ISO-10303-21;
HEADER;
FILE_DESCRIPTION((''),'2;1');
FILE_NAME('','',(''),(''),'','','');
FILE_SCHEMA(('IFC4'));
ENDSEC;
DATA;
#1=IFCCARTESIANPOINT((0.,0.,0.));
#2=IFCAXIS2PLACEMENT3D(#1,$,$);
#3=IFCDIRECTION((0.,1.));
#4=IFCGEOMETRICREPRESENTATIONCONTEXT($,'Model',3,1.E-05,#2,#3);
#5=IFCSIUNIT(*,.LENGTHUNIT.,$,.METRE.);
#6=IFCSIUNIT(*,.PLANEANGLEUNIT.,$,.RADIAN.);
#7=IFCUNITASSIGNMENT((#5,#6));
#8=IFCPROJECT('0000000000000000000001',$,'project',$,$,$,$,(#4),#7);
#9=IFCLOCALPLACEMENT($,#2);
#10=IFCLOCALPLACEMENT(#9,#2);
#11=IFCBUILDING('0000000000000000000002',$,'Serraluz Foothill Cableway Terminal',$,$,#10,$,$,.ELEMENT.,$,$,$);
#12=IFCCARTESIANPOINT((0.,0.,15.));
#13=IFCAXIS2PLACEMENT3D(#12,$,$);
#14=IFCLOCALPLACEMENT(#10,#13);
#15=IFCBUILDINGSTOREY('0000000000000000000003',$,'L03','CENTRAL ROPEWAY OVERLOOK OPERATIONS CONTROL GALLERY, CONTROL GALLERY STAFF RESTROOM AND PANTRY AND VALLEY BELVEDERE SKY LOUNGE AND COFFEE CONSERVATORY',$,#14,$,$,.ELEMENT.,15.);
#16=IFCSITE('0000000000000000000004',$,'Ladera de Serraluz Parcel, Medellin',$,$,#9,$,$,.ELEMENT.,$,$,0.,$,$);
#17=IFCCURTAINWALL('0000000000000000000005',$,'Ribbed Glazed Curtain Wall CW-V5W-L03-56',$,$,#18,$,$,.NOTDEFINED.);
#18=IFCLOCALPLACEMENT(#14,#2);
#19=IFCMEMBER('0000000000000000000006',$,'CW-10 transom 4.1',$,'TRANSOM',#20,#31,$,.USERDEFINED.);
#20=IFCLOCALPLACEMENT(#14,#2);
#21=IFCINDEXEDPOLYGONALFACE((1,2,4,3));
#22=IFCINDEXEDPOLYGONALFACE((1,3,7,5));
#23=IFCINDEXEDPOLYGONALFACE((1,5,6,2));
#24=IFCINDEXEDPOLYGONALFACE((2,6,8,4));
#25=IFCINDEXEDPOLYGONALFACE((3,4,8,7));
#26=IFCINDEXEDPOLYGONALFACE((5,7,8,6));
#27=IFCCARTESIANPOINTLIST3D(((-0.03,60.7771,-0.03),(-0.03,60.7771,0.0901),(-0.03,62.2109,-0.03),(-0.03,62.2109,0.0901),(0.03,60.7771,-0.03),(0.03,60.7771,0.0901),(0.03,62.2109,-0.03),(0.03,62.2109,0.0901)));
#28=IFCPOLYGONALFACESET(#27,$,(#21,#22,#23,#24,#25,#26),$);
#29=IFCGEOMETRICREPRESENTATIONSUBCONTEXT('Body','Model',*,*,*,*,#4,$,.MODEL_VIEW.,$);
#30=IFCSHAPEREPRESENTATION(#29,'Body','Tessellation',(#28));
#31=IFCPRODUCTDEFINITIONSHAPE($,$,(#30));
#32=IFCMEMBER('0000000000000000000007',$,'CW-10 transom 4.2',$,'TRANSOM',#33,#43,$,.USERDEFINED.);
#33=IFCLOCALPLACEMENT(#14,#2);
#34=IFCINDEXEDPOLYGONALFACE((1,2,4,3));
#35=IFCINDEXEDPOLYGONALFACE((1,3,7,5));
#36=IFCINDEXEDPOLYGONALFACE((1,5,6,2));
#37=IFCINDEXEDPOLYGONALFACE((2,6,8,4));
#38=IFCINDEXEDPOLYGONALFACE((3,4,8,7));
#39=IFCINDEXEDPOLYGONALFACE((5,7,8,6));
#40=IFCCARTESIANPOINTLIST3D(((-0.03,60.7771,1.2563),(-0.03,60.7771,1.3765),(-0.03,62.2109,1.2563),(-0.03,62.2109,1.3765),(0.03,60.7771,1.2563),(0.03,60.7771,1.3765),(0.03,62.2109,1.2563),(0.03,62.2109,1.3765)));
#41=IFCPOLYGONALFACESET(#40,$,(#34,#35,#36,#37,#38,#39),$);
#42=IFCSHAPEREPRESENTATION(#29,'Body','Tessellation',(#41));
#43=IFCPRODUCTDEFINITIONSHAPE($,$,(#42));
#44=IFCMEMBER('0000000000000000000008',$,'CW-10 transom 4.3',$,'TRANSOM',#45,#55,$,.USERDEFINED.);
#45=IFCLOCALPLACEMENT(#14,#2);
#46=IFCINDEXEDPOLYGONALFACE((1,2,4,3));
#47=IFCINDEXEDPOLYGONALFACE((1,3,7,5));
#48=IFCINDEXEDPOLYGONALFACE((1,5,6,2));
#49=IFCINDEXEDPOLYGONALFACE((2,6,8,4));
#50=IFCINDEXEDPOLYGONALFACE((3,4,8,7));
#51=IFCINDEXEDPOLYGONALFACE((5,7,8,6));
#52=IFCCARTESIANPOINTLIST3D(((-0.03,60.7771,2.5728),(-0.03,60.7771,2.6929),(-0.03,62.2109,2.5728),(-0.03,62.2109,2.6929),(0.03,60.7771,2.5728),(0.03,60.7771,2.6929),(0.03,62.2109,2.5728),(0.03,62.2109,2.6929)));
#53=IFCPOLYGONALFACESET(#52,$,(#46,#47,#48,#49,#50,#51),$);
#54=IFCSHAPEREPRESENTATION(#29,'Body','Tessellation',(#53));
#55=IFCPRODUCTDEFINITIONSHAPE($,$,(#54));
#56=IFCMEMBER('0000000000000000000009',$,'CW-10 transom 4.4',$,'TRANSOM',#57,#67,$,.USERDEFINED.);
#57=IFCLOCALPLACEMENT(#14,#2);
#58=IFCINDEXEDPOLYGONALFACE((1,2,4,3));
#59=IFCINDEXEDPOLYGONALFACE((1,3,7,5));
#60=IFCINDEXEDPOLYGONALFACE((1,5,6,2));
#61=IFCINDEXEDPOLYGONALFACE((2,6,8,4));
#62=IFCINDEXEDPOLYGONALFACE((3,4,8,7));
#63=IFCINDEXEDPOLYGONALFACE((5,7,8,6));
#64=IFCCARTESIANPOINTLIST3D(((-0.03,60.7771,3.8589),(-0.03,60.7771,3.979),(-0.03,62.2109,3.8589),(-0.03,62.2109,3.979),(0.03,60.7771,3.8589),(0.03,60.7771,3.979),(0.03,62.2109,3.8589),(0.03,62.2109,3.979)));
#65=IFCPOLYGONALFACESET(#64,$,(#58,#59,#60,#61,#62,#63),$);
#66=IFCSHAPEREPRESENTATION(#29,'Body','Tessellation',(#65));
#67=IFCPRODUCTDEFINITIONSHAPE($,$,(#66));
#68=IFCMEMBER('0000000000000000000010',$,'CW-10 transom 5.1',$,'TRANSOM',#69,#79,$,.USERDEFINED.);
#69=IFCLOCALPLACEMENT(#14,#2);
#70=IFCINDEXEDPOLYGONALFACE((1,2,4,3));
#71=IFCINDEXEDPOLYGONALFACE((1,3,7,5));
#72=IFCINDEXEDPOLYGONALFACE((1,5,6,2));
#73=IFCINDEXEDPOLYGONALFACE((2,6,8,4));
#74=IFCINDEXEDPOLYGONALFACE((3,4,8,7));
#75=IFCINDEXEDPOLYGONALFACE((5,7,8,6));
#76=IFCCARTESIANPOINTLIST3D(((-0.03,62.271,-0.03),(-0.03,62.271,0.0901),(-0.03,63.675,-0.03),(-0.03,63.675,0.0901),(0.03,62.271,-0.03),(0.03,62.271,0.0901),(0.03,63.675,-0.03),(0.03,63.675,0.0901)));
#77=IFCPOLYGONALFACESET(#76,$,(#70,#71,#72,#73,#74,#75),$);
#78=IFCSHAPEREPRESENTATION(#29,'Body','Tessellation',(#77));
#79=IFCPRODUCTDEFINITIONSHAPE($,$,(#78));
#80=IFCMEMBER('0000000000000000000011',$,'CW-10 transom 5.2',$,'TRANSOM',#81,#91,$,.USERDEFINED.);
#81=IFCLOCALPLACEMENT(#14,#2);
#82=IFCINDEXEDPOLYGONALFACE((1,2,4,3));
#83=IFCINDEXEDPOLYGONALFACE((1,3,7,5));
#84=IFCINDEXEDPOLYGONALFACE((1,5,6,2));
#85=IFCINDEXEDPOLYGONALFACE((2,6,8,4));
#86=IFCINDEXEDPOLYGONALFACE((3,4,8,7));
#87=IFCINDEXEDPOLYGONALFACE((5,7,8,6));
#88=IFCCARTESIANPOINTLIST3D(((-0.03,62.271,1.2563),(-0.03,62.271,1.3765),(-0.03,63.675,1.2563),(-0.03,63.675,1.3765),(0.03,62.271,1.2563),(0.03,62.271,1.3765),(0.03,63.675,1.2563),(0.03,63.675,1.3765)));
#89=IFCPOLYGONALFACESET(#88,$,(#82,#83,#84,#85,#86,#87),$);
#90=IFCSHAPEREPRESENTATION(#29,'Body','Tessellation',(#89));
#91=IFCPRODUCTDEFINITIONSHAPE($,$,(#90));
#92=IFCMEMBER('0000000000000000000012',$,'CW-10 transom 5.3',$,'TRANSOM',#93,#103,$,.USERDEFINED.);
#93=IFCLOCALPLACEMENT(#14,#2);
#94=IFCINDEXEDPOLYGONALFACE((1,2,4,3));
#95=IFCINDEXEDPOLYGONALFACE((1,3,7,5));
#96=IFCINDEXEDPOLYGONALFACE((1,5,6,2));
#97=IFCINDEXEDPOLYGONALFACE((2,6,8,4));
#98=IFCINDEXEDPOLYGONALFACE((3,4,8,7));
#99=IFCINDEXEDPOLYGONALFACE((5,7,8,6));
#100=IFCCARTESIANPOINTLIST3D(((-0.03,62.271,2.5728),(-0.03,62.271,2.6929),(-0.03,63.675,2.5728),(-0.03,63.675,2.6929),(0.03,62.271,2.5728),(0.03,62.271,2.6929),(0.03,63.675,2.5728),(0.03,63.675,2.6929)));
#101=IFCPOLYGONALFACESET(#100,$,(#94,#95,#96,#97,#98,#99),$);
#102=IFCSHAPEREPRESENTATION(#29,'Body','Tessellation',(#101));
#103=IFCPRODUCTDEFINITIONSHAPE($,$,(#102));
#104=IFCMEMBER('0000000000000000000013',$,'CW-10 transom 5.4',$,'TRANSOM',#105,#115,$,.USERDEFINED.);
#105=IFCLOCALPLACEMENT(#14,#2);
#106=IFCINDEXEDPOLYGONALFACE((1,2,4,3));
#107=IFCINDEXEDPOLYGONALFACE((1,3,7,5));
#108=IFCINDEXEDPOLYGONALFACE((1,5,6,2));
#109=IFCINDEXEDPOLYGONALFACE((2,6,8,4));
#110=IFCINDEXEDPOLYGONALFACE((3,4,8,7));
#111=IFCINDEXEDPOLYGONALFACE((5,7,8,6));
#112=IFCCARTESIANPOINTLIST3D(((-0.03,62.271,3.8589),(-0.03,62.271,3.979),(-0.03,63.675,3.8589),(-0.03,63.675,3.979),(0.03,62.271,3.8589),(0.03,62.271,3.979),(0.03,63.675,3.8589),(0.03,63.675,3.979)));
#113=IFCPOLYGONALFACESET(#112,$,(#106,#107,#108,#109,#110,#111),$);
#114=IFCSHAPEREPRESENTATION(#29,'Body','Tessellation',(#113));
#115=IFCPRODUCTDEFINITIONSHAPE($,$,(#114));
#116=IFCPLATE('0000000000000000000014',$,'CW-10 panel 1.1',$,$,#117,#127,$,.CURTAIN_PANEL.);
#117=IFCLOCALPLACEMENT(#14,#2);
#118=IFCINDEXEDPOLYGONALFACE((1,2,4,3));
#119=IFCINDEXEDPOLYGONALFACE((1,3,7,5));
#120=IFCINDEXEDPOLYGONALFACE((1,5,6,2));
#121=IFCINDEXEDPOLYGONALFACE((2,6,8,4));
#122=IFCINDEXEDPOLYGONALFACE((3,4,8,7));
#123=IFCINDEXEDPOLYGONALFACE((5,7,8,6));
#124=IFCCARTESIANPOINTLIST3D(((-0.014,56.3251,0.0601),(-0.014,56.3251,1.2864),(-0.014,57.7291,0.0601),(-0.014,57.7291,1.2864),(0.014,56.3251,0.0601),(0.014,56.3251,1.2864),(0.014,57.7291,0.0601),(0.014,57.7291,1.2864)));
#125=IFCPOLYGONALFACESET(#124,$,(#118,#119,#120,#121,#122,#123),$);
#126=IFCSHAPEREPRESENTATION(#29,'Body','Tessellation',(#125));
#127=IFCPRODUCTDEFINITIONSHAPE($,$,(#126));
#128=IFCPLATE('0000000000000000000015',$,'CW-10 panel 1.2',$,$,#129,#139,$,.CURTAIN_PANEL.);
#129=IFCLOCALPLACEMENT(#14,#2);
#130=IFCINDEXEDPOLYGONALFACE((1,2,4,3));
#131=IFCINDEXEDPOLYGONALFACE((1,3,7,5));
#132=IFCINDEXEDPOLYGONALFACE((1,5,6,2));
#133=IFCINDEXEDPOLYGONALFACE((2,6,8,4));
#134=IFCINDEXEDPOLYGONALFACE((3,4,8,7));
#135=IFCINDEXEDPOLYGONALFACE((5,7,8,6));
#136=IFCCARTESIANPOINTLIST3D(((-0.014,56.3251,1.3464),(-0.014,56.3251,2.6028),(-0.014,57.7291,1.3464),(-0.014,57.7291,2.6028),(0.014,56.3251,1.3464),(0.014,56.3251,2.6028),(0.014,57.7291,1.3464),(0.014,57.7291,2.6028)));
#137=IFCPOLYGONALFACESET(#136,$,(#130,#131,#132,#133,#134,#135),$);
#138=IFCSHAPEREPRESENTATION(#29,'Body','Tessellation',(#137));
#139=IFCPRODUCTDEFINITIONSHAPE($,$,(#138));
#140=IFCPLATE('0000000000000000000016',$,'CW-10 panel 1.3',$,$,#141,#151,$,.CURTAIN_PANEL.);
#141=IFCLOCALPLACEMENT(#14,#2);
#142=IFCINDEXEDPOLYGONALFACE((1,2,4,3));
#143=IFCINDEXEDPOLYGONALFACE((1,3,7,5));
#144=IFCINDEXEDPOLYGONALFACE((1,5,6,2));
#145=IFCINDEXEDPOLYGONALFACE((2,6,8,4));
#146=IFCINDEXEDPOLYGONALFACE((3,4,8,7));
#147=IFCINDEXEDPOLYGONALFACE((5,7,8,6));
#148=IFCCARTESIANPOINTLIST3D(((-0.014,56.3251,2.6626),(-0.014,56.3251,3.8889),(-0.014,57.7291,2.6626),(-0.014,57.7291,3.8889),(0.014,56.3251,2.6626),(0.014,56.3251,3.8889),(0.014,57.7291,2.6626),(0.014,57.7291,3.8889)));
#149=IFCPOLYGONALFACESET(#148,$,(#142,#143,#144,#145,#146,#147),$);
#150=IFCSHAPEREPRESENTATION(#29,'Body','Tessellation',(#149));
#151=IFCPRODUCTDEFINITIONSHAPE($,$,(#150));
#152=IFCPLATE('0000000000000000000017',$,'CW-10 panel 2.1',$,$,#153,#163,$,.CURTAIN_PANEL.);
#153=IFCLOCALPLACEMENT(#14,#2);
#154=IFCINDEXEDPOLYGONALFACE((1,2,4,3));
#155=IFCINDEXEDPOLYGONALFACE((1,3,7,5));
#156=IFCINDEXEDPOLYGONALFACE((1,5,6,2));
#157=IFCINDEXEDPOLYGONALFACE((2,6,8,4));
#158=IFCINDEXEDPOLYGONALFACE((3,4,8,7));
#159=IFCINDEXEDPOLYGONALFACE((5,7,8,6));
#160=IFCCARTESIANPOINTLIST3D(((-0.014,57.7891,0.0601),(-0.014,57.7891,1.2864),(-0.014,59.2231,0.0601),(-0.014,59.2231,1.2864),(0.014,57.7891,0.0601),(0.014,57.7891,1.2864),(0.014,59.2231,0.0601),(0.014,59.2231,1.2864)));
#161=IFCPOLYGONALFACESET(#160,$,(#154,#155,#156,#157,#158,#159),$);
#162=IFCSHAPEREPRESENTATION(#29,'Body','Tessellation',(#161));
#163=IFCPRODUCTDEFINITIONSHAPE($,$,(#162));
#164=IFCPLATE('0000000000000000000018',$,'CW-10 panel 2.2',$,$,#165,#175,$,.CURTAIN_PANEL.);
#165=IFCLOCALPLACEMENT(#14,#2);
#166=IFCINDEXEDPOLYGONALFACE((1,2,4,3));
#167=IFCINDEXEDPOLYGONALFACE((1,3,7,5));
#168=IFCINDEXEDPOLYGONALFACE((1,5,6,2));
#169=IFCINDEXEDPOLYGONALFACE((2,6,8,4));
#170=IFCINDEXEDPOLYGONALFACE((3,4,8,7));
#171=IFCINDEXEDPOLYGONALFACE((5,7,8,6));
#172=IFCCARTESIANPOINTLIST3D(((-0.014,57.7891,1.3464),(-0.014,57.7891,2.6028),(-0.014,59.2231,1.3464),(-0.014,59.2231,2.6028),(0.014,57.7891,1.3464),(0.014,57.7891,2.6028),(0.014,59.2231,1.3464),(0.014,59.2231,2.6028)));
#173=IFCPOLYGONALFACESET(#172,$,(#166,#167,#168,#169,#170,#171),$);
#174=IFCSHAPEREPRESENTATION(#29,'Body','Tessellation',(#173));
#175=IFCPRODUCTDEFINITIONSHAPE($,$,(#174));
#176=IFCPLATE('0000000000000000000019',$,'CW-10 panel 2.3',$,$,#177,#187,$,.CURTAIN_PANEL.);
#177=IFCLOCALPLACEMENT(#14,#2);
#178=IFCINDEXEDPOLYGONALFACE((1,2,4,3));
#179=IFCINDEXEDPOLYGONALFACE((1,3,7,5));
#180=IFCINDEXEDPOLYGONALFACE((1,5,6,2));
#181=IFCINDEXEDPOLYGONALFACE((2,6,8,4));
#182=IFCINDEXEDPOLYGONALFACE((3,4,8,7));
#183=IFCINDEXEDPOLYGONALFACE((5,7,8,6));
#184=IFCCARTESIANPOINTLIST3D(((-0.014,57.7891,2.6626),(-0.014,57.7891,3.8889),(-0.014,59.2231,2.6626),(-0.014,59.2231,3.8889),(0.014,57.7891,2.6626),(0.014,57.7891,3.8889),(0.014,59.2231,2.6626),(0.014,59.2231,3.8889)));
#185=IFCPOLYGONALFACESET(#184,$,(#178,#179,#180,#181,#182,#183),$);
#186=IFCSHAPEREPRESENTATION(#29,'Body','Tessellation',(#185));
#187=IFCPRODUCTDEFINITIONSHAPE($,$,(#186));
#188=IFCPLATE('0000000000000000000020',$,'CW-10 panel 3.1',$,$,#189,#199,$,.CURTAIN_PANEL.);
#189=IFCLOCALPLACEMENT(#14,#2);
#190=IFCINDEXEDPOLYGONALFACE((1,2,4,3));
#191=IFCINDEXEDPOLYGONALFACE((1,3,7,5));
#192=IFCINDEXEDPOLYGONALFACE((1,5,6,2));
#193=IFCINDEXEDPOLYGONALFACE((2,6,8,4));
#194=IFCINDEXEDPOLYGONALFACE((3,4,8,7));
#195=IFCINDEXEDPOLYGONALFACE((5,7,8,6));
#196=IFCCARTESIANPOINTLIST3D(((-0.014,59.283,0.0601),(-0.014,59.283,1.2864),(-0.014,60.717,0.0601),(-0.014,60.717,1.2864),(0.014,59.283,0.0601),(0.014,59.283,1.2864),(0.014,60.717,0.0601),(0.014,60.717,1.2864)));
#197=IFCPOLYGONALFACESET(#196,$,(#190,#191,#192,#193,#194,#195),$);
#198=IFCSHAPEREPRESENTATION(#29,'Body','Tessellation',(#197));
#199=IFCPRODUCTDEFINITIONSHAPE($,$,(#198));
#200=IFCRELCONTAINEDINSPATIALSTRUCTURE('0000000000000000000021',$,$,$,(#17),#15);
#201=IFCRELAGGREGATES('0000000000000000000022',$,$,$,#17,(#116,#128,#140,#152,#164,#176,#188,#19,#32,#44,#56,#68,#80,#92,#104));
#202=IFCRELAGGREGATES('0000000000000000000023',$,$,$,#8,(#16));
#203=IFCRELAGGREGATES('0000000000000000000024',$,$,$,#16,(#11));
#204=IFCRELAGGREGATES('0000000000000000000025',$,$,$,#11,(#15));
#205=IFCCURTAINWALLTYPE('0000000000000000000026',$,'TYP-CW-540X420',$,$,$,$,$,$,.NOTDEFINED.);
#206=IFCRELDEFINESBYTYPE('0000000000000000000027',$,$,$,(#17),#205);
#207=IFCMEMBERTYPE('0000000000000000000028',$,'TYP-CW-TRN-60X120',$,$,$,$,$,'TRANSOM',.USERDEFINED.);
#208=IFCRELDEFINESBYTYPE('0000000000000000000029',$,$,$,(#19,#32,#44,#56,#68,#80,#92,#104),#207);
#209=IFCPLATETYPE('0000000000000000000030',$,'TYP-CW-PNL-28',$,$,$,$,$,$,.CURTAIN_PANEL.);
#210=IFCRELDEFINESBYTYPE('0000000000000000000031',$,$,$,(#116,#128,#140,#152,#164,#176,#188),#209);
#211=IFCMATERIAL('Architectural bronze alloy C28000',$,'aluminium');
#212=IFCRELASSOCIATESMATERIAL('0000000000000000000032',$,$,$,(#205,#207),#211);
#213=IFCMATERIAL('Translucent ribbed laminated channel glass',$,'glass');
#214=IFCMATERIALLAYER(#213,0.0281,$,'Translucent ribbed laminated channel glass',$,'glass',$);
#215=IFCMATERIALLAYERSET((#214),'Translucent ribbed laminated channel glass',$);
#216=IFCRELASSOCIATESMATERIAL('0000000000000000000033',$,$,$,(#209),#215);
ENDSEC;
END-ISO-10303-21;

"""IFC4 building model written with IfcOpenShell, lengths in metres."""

from ifc_helpers import new_model, si_unit, direction, frame, origin, origin_2d, place, context, subcontext, project, spatial, rectangle, extrude, material, layer, layer_set, material_profile, profile_set, type_object, element, aggregate, save


model = new_model("IFC4")

# Units and contexts
model_context = context("Model", 3, precision=1e-05, world=origin(), true_north=direction((0.0, 1.0)))
body_context = subcontext(model_context, "Body", "Model", "MODEL_VIEW")
ifc_project = project(units=[si_unit("LENGTHUNIT", "METRE"), si_unit("PLANEANGLEUNIT", "RADIAN")], contexts=[model_context])

# Site, building, storey
site_placement = place(None, origin())
site = spatial("IfcSite", under=ifc_project, at=site_placement, Name="Ladera de Serraluz Parcel, Medellin", CompositionType="ELEMENT", RefElevation=0.0)
building_placement = place(site_placement, origin())
building = spatial("IfcBuilding", under=site, at=building_placement, Name="Serraluz Foothill Cableway Terminal", CompositionType="ELEMENT")
storey_placement = place(building_placement, frame((0.0, 0.0, 15.0)))
storey = spatial("IfcBuildingStorey", under=building, at=storey_placement, Name="L03", Description="CENTRAL ROPEWAY OVERLOOK OPERATIONS CONTROL GALLERY, CONTROL GALLERY STAFF RESTROOM AND PANTRY AND VALLEY BELVEDERE SKY LOUNGE AND COFFEE CONSERVATORY", CompositionType="ELEMENT", Elevation=15.0)

# Curtain wall, members, plates
ifc_material_1 = material(Name="Architectural bronze alloy C28000", Category="aluminium")
curtain_wall_type = type_object("IfcCurtainWallType", Name="TYP-CW-540X420", PredefinedType="NOTDEFINED", material=ifc_material_1)
curtain_wall_placement = place(storey_placement, origin())
curtain_wall = element("IfcCurtainWall", 1, at=curtain_wall_placement, inside=storey, type_object=curtain_wall_type, Name="Ribbed Glazed Curtain Wall CW-V5W-L03-56", PredefinedType="NOTDEFINED")
ifc_material_profile_1 = material_profile(ifc_material_1, rectangle(XDim=0.0601, YDim=0.1201, at=origin_2d()), Name="ALU TRANSOM 60x120")
ifc_profile_set_1 = profile_set([ifc_material_profile_1], Name="Architectural bronze alloy C28000")
member_type_1 = type_object("IfcMemberType", Name="TYP-CW-TRN-60X120", ElementType="TRANSOM", PredefinedType="USERDEFINED", material=ifc_profile_set_1)
member_1_placement = place(storey_placement, frame((0.0, 60.7771, 0.03), z_axis=(0.0, 1.0, 0.0), x_axis=(-1.0, 0.0, 0.0)))
member_1 = element("IfcMember", 2, at=member_1_placement, type_object=member_type_1, Name="CW-10 transom 4.1", ObjectType="TRANSOM", PredefinedType="USERDEFINED", context=body_context, shape_type="SweptSolid", body=[
    extrude(rectangle(XDim=0.0601, YDim=0.1201, at=origin_2d()), origin(), (0.0, 0.0, 1.0), 1.4338),
])
member_2_placement = place(storey_placement, frame((0.0, 60.7771, 1.3164), z_axis=(0.0, 1.0, 0.0), x_axis=(-1.0, 0.0, 0.0)))
member_2 = element("IfcMember", 3, at=member_2_placement, type_object=member_type_1, Name="CW-10 transom 4.2", ObjectType="TRANSOM", PredefinedType="USERDEFINED", context=body_context, shape_type="SweptSolid", body=[
    extrude(rectangle(XDim=0.0601, YDim=0.1201, at=origin_2d()), origin(), (0.0, 0.0, 1.0), 1.4338),
])
member_3_placement = place(storey_placement, frame((0.0, 60.7771, 2.6328), z_axis=(0.0, 1.0, 0.0), x_axis=(-1.0, 0.0, 0.0)))
member_3 = element("IfcMember", 4, at=member_3_placement, type_object=member_type_1, Name="CW-10 transom 4.3", ObjectType="TRANSOM", PredefinedType="USERDEFINED", context=body_context, shape_type="SweptSolid", body=[
    extrude(rectangle(XDim=0.0601, YDim=0.1201, at=origin_2d()), origin(), (0.0, 0.0, 1.0), 1.4338),
])
member_4_placement = place(storey_placement, frame((0.0, 60.7771, 3.9189), z_axis=(0.0, 1.0, 0.0), x_axis=(-1.0, 0.0, 0.0)))
member_4 = element("IfcMember", 5, at=member_4_placement, type_object=member_type_1, Name="CW-10 transom 4.4", ObjectType="TRANSOM", PredefinedType="USERDEFINED", context=body_context, shape_type="SweptSolid", body=[
    extrude(rectangle(XDim=0.0601, YDim=0.1201, at=origin_2d()), origin(), (0.0, 0.0, 1.0), 1.4338),
])
member_5_placement = place(storey_placement, frame((0.0, 62.271, 0.03), z_axis=(0.0, 1.0, 0.0), x_axis=(-1.0, 0.0, 0.0)))
member_5 = element("IfcMember", 6, at=member_5_placement, type_object=member_type_1, Name="CW-10 transom 5.1", ObjectType="TRANSOM", PredefinedType="USERDEFINED", context=body_context, shape_type="SweptSolid", body=[
    extrude(rectangle(XDim=0.0601, YDim=0.1201, at=origin_2d()), origin(), (0.0, 0.0, 1.0), 1.4041),
])
member_6_placement = place(storey_placement, frame((0.0, 62.271, 1.3164), z_axis=(0.0, 1.0, 0.0), x_axis=(-1.0, 0.0, 0.0)))
member_6 = element("IfcMember", 7, at=member_6_placement, type_object=member_type_1, Name="CW-10 transom 5.2", ObjectType="TRANSOM", PredefinedType="USERDEFINED", context=body_context, shape_type="SweptSolid", body=[
    extrude(rectangle(XDim=0.0601, YDim=0.1201, at=origin_2d()), origin(), (0.0, 0.0, 1.0), 1.4041),
])
member_7_placement = place(storey_placement, frame((0.0, 62.271, 2.6328), z_axis=(0.0, 1.0, 0.0), x_axis=(-1.0, 0.0, 0.0)))
member_7 = element("IfcMember", 8, at=member_7_placement, type_object=member_type_1, Name="CW-10 transom 5.3", ObjectType="TRANSOM", PredefinedType="USERDEFINED", context=body_context, shape_type="SweptSolid", body=[
    extrude(rectangle(XDim=0.0601, YDim=0.1201, at=origin_2d()), origin(), (0.0, 0.0, 1.0), 1.4041),
])
member_8_placement = place(storey_placement, frame((0.0, 62.271, 3.9189), z_axis=(0.0, 1.0, 0.0), x_axis=(-1.0, 0.0, 0.0)))
member_8 = element("IfcMember", 9, at=member_8_placement, type_object=member_type_1, Name="CW-10 transom 5.4", ObjectType="TRANSOM", PredefinedType="USERDEFINED", context=body_context, shape_type="SweptSolid", body=[
    extrude(rectangle(XDim=0.0601, YDim=0.1201, at=origin_2d()), origin(), (0.0, 0.0, 1.0), 1.4041),
])
ifc_material_2 = material(Name="Translucent ribbed laminated channel glass", Category="glass")
ifc_layer = layer(ifc_material_2, 0.0281, Name="Translucent ribbed laminated channel glass", Category="glass")
ifc_layer_set = layer_set([ifc_layer], Name="Translucent ribbed laminated channel glass")
plate_type = type_object("IfcPlateType", Name="TYP-CW-PNL-28", PredefinedType="CURTAIN_PANEL", material=ifc_layer_set)
plate_1_placement = place(storey_placement, frame((0.0, 57.0271, 0.0601), z_axis=(0.0, 0.0, 1.0), x_axis=(0.0, 1.0, 0.0)))
plate_1 = element("IfcPlate", 10, at=plate_1_placement, type_object=plate_type, Name="CW-10 panel 1.1", PredefinedType="CURTAIN_PANEL", context=body_context, shape_type="SweptSolid", body=[
    extrude(rectangle(XDim=1.4041, YDim=0.0281, at=origin_2d()), origin(), (0.0, 0.0, 1.0), 1.2263),
])
plate_2_placement = place(storey_placement, frame((0.0, 57.0271, 1.3464), z_axis=(0.0, 0.0, 1.0), x_axis=(0.0, 1.0, 0.0)))
plate_2 = element("IfcPlate", 11, at=plate_2_placement, type_object=plate_type, Name="CW-10 panel 1.2", PredefinedType="CURTAIN_PANEL", context=body_context, shape_type="SweptSolid", body=[
    extrude(rectangle(XDim=1.4041, YDim=0.0281, at=origin_2d()), origin(), (0.0, 0.0, 1.0), 1.2563),
])
plate_3_placement = place(storey_placement, frame((0.0, 57.0271, 2.6626), z_axis=(0.0, 0.0, 1.0), x_axis=(0.0, 1.0, 0.0)))
plate_3 = element("IfcPlate", 12, at=plate_3_placement, type_object=plate_type, Name="CW-10 panel 1.3", PredefinedType="CURTAIN_PANEL", context=body_context, shape_type="SweptSolid", body=[
    extrude(rectangle(XDim=1.4041, YDim=0.0281, at=origin_2d()), origin(), (0.0, 0.0, 1.0), 1.2263),
])
plate_4_placement = place(storey_placement, frame((0.0, 58.5061, 0.0601), z_axis=(0.0, 0.0, 1.0), x_axis=(0.0, 1.0, 0.0)))
plate_4 = element("IfcPlate", 13, at=plate_4_placement, type_object=plate_type, Name="CW-10 panel 2.1", PredefinedType="CURTAIN_PANEL", context=body_context, shape_type="SweptSolid", body=[
    extrude(rectangle(XDim=1.4341, YDim=0.0281, at=origin_2d()), origin(), (0.0, 0.0, 1.0), 1.2263),
])
plate_5_placement = place(storey_placement, frame((0.0, 58.5061, 1.3464), z_axis=(0.0, 0.0, 1.0), x_axis=(0.0, 1.0, 0.0)))
plate_5 = element("IfcPlate", 14, at=plate_5_placement, type_object=plate_type, Name="CW-10 panel 2.2", PredefinedType="CURTAIN_PANEL", context=body_context, shape_type="SweptSolid", body=[
    extrude(rectangle(XDim=1.4341, YDim=0.0281, at=origin_2d()), origin(), (0.0, 0.0, 1.0), 1.2563),
])
plate_6_placement = place(storey_placement, frame((0.0, 58.5061, 2.6626), z_axis=(0.0, 0.0, 1.0), x_axis=(0.0, 1.0, 0.0)))
plate_6 = element("IfcPlate", 15, at=plate_6_placement, type_object=plate_type, Name="CW-10 panel 2.3", PredefinedType="CURTAIN_PANEL", context=body_context, shape_type="SweptSolid", body=[
    extrude(rectangle(XDim=1.4341, YDim=0.0281, at=origin_2d()), origin(), (0.0, 0.0, 1.0), 1.2263),
])
plate_7_placement = place(storey_placement, frame((0.0, 60.0, 0.0601), z_axis=(0.0, 0.0, 1.0), x_axis=(0.0, 1.0, 0.0)))
plate_7 = element("IfcPlate", 16, at=plate_7_placement, type_object=plate_type, Name="CW-10 panel 3.1", PredefinedType="CURTAIN_PANEL", context=body_context, shape_type="SweptSolid", body=[
    extrude(rectangle(XDim=1.4341, YDim=0.0281, at=origin_2d()), origin(), (0.0, 0.0, 1.0), 1.2263),
])
aggregate(curtain_wall, [plate_1, plate_2, plate_3, plate_4, plate_5, plate_6, plate_7, member_1, member_2, member_3, member_4, member_5, member_6, member_7, member_8])

save(model, "model.ifc")
